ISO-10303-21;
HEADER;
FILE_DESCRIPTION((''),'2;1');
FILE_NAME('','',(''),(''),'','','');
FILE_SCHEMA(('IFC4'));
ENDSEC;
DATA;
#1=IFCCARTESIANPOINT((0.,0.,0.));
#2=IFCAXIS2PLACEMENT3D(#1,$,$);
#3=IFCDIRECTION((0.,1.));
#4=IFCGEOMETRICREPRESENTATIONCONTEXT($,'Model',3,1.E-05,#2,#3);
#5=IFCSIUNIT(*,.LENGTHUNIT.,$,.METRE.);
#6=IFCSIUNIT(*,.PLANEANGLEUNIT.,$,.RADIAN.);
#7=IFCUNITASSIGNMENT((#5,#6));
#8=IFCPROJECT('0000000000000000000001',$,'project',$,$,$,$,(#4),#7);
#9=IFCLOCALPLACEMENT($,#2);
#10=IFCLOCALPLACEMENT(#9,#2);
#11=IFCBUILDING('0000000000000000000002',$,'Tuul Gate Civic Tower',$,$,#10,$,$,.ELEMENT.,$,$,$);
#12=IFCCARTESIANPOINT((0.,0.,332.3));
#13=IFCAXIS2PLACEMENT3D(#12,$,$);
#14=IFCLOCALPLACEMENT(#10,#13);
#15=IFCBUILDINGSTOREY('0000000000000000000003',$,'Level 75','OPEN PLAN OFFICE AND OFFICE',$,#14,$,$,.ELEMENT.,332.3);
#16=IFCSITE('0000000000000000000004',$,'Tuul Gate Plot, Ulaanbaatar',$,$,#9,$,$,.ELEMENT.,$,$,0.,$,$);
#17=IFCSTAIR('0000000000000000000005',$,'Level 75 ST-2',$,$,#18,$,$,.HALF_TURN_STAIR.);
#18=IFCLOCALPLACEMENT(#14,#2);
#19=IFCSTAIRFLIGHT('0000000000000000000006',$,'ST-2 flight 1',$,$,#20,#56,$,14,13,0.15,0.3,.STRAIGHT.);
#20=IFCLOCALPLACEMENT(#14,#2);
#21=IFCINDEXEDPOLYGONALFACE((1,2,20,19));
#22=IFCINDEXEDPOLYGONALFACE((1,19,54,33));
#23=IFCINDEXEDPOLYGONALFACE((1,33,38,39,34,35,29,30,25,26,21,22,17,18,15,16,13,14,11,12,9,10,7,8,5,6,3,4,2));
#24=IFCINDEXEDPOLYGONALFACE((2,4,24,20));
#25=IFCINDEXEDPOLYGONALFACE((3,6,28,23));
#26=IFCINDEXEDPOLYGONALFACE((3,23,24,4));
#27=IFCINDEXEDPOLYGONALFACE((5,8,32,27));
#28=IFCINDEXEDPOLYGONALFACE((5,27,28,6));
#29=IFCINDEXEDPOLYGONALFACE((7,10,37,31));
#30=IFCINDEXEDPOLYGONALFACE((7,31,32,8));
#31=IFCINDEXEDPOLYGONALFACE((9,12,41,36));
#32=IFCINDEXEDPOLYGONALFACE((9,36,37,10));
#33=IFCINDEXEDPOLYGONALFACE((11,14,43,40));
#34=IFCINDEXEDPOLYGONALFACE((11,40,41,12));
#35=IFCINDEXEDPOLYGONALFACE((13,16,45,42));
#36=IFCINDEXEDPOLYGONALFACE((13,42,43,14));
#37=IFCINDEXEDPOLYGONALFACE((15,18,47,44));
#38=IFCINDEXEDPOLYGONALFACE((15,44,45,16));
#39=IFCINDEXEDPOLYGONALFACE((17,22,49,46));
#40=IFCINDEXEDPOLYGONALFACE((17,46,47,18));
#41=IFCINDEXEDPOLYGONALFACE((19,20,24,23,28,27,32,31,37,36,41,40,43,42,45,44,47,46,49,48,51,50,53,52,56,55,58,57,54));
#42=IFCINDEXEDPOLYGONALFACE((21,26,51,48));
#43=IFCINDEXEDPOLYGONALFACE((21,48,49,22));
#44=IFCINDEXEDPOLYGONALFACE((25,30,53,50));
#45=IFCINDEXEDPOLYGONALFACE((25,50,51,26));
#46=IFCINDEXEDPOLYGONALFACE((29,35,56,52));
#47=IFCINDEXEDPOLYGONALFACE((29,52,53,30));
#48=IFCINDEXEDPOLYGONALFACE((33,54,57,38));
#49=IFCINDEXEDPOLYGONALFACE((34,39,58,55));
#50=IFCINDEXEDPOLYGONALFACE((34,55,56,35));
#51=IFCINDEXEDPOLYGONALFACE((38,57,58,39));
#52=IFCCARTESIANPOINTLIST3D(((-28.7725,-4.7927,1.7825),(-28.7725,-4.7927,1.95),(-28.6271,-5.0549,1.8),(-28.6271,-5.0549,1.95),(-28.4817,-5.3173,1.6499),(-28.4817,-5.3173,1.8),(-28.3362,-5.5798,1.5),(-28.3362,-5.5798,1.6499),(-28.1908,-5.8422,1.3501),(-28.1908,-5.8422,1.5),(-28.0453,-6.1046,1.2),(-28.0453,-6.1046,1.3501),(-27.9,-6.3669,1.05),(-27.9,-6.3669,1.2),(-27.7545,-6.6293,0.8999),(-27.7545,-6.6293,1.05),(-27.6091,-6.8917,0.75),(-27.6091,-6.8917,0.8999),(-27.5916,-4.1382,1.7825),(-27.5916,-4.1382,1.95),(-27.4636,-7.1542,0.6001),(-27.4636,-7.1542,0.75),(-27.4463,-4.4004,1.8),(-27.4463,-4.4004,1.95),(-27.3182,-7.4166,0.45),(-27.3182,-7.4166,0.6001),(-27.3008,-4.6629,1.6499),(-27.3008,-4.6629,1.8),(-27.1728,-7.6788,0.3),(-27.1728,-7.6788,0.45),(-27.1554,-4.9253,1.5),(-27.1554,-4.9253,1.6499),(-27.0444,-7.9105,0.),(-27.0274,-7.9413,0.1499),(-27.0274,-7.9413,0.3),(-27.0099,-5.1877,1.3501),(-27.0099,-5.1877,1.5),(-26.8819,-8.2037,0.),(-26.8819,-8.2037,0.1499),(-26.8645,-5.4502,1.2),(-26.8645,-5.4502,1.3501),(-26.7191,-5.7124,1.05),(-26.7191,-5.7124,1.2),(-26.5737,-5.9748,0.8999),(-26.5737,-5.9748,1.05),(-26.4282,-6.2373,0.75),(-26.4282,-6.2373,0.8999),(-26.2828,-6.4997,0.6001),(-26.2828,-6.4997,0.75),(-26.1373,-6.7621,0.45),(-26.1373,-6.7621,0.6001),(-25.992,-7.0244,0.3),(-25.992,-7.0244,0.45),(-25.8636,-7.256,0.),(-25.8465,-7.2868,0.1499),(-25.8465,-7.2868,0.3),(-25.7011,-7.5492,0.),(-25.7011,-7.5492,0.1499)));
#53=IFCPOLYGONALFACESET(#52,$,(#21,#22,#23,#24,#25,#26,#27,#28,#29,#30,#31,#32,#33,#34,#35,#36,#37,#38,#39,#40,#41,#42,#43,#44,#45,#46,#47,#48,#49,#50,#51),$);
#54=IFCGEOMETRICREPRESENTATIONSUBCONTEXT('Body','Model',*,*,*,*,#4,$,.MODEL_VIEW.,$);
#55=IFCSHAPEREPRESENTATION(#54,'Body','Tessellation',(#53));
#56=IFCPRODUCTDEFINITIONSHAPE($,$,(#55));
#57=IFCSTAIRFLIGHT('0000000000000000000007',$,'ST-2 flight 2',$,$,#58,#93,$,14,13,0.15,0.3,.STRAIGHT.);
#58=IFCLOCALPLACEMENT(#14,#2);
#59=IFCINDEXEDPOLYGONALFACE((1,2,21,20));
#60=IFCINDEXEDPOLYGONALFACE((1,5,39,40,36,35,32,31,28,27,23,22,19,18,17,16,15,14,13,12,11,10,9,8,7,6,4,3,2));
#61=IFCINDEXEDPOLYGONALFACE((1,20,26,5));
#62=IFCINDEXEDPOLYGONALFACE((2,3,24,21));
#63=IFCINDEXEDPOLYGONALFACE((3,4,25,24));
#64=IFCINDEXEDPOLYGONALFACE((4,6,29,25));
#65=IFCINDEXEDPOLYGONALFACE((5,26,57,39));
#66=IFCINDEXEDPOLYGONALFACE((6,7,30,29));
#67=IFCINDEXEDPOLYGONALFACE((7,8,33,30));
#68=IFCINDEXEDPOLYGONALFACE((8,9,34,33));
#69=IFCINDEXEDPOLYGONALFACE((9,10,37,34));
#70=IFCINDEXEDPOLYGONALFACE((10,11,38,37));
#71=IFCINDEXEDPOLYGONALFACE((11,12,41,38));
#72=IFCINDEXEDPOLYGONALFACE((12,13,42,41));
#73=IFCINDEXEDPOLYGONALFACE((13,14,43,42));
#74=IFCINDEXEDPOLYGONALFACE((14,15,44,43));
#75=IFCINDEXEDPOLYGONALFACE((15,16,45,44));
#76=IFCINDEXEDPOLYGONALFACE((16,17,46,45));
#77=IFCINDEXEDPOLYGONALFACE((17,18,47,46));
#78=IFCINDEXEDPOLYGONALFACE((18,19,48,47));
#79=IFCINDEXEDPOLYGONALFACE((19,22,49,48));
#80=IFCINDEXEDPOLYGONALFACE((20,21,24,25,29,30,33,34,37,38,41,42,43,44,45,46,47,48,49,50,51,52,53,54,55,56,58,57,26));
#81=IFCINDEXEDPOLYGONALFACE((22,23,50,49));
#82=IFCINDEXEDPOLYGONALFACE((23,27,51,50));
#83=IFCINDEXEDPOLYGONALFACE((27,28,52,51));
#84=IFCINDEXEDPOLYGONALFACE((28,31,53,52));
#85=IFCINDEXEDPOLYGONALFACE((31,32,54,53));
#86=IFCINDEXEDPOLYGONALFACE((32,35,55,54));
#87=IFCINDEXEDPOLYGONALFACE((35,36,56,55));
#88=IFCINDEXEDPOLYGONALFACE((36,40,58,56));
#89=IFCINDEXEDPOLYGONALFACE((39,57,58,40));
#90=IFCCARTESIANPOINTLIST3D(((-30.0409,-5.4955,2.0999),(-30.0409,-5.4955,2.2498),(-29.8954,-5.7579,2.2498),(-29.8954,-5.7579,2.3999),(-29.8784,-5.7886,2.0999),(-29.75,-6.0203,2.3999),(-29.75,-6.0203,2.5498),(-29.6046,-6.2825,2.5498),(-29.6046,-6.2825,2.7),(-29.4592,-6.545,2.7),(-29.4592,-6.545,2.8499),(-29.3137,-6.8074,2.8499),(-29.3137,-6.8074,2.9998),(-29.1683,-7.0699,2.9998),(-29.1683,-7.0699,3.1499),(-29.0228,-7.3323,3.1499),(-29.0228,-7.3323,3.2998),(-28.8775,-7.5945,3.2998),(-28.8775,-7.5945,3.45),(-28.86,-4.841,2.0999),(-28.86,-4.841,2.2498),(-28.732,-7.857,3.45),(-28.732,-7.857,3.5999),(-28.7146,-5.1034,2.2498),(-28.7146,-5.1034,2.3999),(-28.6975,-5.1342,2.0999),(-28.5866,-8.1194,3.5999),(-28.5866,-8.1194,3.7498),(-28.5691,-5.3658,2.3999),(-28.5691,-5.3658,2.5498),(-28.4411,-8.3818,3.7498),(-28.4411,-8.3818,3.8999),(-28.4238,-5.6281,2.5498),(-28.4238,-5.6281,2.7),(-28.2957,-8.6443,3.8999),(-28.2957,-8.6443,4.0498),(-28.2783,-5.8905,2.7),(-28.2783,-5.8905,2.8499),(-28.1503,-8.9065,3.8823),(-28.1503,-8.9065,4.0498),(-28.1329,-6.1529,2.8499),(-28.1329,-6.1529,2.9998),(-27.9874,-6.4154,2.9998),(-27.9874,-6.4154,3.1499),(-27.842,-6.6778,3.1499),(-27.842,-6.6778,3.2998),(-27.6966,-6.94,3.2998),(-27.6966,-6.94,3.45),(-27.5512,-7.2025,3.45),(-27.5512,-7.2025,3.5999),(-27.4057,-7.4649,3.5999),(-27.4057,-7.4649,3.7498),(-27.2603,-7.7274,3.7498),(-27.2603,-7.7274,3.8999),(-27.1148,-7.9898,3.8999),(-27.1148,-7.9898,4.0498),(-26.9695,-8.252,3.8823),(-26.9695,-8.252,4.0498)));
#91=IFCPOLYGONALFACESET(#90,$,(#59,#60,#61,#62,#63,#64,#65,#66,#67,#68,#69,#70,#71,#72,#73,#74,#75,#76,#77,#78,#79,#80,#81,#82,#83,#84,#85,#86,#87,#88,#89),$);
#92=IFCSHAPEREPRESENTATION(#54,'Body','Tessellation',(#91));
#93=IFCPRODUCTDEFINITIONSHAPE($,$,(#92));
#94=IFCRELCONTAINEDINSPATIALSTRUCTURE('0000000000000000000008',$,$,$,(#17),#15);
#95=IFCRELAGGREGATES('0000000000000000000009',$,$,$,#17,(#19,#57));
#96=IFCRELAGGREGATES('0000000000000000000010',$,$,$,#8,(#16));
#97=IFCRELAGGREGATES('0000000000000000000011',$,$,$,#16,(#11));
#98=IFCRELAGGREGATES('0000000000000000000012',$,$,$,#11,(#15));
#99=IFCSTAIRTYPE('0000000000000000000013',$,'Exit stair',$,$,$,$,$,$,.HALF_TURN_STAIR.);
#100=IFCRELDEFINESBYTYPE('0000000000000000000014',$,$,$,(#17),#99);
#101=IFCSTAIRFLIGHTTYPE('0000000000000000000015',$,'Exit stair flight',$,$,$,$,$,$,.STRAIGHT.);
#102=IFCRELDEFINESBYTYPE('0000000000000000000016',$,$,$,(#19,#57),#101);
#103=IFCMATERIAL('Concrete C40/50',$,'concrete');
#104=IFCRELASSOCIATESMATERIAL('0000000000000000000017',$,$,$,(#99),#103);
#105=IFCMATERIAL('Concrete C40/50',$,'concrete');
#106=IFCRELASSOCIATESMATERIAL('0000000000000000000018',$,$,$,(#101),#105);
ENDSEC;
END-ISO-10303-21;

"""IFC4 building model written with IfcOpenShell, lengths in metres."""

from ifc_helpers import new_model, si_unit, direction, frame, origin, place, context, subcontext, project, spatial, polyline, outline, extrude, material, type_object, element, aggregate, save


model = new_model("IFC4")

# Units and contexts
model_context = context("Model", 3, precision=1e-05, world=origin(), true_north=direction((0.0, 1.0)))
body_context = subcontext(model_context, "Body", "Model", "MODEL_VIEW")
ifc_project = project(units=[si_unit("LENGTHUNIT", "METRE"), si_unit("PLANEANGLEUNIT", "RADIAN")], contexts=[model_context])

# Site, building, storey
site_placement = place(None, origin())
site = spatial("IfcSite", under=ifc_project, at=site_placement, Name="Tuul Gate Plot, Ulaanbaatar", CompositionType="ELEMENT", RefElevation=0.0)
building_placement = place(site_placement, origin())
building = spatial("IfcBuilding", under=site, at=building_placement, Name="Tuul Gate Civic Tower", CompositionType="ELEMENT")
storey_placement = place(building_placement, frame((0.0, 0.0, 332.3)))
storey = spatial("IfcBuildingStorey", under=building, at=storey_placement, Name="Level 75", Description="OPEN PLAN OFFICE AND OFFICE", CompositionType="ELEMENT", Elevation=332.3)

# Stair, stair flights
ifc_material_1 = material(Name="Concrete C40/50", Category="concrete")
stair_type = type_object("IfcStairType", Name="Exit stair", PredefinedType="HALF_TURN_STAIR", material=ifc_material_1)
stair_placement = place(storey_placement, origin())
stair = element("IfcStair", 1, at=stair_placement, inside=storey, type_object=stair_type, Name="Level 75 ST-2", PredefinedType="HALF_TURN_STAIR")
ifc_material_2 = material(Name="Concrete C40/50", Category="concrete")
stair_flight_type = type_object("IfcStairFlightType", Name="Exit stair flight", PredefinedType="STRAIGHT", material=ifc_material_2)
stair_flight_1_placement = place(storey_placement, frame((-26.2915, -7.8765, 0.0), z_axis=(0.0, 0.0, 1.0), x_axis=(-0.484762, 0.874646, 0.0)))
stair_flight_1 = element("IfcStairFlight", 2, at=stair_flight_1_placement, type_object=stair_flight_type, Name="ST-2 flight 1", NumberOfRisers=14, NumberOfTreads=13, PredefinedType="STRAIGHT", RiserHeight=0.15, TreadLength=0.3, context=body_context, shape_type="SweptSolid", body=[
    extrude(outline(polyline([(0.0, 0.0), (0.0, 0.1499), (0.3, 0.1499), (0.3, 0.3), (0.6001, 0.3), (0.6001, 0.45), (0.8999, 0.45), (0.8999, 0.6001), (1.2, 0.6001), (1.2, 0.75), (1.5, 0.75), (1.5, 0.8999), (1.8, 0.8999), (1.8, 1.05), (2.1001, 1.05), (2.1001, 1.2), (2.3999, 1.2), (2.3999, 1.3501), (2.7, 1.3501), (2.7, 1.5), (3.0, 1.5), (3.0, 1.6499), (3.3, 1.6499), (3.3, 1.8), (3.6001, 1.8), (3.6001, 1.95), (3.8999, 1.95), (3.8999, 2.1001), (3.8999, 1.7825), (0.3352, 0.0), (0.0, 0.0)])), frame((0.0, 0.675, 0.0), z_axis=(0.0, -1.0, 0.0), x_axis=(1.0, 0.0, 0.0)), (0.0, 0.0, 1.0), 1.3501),
])
stair_flight_2_placement = place(storey_placement, frame((-29.4504, -5.1682, 2.0999), z_axis=(0.0, 0.0, 1.0), x_axis=(0.484762, -0.874646, 0.0)))
stair_flight_2 = element("IfcStairFlight", 3, at=stair_flight_2_placement, type_object=stair_flight_type, Name="ST-2 flight 2", NumberOfRisers=14, NumberOfTreads=13, PredefinedType="STRAIGHT", RiserHeight=0.15, TreadLength=0.3, context=body_context, shape_type="SweptSolid", body=[
    extrude(outline(polyline([(0.0, 0.0), (0.0, 0.1499), (0.3, 0.1499), (0.3, 0.3), (0.6001, 0.3), (0.6001, 0.45), (0.8999, 0.45), (0.8999, 0.6001), (1.2, 0.6001), (1.2, 0.75), (1.5, 0.75), (1.5, 0.8999), (1.8, 0.8999), (1.8, 1.05), (2.1001, 1.05), (2.1001, 1.2), (2.3999, 1.2), (2.3999, 1.3501), (2.7, 1.3501), (2.7, 1.5), (3.0, 1.5), (3.0, 1.6499), (3.3, 1.6499), (3.3, 1.8), (3.6001, 1.8), (3.6001, 1.95), (3.8999, 1.95), (3.8999, 2.1001), (3.8999, 1.7825), (0.3352, 0.0), (0.0, 0.0)])), frame((0.0, 0.675, 0.0), z_axis=(0.0, -1.0, 0.0), x_axis=(1.0, 0.0, 0.0)), (0.0, 0.0, 1.0), 1.3501),
])
aggregate(stair, [stair_flight_1, stair_flight_2])

save(model, "model.ifc")
